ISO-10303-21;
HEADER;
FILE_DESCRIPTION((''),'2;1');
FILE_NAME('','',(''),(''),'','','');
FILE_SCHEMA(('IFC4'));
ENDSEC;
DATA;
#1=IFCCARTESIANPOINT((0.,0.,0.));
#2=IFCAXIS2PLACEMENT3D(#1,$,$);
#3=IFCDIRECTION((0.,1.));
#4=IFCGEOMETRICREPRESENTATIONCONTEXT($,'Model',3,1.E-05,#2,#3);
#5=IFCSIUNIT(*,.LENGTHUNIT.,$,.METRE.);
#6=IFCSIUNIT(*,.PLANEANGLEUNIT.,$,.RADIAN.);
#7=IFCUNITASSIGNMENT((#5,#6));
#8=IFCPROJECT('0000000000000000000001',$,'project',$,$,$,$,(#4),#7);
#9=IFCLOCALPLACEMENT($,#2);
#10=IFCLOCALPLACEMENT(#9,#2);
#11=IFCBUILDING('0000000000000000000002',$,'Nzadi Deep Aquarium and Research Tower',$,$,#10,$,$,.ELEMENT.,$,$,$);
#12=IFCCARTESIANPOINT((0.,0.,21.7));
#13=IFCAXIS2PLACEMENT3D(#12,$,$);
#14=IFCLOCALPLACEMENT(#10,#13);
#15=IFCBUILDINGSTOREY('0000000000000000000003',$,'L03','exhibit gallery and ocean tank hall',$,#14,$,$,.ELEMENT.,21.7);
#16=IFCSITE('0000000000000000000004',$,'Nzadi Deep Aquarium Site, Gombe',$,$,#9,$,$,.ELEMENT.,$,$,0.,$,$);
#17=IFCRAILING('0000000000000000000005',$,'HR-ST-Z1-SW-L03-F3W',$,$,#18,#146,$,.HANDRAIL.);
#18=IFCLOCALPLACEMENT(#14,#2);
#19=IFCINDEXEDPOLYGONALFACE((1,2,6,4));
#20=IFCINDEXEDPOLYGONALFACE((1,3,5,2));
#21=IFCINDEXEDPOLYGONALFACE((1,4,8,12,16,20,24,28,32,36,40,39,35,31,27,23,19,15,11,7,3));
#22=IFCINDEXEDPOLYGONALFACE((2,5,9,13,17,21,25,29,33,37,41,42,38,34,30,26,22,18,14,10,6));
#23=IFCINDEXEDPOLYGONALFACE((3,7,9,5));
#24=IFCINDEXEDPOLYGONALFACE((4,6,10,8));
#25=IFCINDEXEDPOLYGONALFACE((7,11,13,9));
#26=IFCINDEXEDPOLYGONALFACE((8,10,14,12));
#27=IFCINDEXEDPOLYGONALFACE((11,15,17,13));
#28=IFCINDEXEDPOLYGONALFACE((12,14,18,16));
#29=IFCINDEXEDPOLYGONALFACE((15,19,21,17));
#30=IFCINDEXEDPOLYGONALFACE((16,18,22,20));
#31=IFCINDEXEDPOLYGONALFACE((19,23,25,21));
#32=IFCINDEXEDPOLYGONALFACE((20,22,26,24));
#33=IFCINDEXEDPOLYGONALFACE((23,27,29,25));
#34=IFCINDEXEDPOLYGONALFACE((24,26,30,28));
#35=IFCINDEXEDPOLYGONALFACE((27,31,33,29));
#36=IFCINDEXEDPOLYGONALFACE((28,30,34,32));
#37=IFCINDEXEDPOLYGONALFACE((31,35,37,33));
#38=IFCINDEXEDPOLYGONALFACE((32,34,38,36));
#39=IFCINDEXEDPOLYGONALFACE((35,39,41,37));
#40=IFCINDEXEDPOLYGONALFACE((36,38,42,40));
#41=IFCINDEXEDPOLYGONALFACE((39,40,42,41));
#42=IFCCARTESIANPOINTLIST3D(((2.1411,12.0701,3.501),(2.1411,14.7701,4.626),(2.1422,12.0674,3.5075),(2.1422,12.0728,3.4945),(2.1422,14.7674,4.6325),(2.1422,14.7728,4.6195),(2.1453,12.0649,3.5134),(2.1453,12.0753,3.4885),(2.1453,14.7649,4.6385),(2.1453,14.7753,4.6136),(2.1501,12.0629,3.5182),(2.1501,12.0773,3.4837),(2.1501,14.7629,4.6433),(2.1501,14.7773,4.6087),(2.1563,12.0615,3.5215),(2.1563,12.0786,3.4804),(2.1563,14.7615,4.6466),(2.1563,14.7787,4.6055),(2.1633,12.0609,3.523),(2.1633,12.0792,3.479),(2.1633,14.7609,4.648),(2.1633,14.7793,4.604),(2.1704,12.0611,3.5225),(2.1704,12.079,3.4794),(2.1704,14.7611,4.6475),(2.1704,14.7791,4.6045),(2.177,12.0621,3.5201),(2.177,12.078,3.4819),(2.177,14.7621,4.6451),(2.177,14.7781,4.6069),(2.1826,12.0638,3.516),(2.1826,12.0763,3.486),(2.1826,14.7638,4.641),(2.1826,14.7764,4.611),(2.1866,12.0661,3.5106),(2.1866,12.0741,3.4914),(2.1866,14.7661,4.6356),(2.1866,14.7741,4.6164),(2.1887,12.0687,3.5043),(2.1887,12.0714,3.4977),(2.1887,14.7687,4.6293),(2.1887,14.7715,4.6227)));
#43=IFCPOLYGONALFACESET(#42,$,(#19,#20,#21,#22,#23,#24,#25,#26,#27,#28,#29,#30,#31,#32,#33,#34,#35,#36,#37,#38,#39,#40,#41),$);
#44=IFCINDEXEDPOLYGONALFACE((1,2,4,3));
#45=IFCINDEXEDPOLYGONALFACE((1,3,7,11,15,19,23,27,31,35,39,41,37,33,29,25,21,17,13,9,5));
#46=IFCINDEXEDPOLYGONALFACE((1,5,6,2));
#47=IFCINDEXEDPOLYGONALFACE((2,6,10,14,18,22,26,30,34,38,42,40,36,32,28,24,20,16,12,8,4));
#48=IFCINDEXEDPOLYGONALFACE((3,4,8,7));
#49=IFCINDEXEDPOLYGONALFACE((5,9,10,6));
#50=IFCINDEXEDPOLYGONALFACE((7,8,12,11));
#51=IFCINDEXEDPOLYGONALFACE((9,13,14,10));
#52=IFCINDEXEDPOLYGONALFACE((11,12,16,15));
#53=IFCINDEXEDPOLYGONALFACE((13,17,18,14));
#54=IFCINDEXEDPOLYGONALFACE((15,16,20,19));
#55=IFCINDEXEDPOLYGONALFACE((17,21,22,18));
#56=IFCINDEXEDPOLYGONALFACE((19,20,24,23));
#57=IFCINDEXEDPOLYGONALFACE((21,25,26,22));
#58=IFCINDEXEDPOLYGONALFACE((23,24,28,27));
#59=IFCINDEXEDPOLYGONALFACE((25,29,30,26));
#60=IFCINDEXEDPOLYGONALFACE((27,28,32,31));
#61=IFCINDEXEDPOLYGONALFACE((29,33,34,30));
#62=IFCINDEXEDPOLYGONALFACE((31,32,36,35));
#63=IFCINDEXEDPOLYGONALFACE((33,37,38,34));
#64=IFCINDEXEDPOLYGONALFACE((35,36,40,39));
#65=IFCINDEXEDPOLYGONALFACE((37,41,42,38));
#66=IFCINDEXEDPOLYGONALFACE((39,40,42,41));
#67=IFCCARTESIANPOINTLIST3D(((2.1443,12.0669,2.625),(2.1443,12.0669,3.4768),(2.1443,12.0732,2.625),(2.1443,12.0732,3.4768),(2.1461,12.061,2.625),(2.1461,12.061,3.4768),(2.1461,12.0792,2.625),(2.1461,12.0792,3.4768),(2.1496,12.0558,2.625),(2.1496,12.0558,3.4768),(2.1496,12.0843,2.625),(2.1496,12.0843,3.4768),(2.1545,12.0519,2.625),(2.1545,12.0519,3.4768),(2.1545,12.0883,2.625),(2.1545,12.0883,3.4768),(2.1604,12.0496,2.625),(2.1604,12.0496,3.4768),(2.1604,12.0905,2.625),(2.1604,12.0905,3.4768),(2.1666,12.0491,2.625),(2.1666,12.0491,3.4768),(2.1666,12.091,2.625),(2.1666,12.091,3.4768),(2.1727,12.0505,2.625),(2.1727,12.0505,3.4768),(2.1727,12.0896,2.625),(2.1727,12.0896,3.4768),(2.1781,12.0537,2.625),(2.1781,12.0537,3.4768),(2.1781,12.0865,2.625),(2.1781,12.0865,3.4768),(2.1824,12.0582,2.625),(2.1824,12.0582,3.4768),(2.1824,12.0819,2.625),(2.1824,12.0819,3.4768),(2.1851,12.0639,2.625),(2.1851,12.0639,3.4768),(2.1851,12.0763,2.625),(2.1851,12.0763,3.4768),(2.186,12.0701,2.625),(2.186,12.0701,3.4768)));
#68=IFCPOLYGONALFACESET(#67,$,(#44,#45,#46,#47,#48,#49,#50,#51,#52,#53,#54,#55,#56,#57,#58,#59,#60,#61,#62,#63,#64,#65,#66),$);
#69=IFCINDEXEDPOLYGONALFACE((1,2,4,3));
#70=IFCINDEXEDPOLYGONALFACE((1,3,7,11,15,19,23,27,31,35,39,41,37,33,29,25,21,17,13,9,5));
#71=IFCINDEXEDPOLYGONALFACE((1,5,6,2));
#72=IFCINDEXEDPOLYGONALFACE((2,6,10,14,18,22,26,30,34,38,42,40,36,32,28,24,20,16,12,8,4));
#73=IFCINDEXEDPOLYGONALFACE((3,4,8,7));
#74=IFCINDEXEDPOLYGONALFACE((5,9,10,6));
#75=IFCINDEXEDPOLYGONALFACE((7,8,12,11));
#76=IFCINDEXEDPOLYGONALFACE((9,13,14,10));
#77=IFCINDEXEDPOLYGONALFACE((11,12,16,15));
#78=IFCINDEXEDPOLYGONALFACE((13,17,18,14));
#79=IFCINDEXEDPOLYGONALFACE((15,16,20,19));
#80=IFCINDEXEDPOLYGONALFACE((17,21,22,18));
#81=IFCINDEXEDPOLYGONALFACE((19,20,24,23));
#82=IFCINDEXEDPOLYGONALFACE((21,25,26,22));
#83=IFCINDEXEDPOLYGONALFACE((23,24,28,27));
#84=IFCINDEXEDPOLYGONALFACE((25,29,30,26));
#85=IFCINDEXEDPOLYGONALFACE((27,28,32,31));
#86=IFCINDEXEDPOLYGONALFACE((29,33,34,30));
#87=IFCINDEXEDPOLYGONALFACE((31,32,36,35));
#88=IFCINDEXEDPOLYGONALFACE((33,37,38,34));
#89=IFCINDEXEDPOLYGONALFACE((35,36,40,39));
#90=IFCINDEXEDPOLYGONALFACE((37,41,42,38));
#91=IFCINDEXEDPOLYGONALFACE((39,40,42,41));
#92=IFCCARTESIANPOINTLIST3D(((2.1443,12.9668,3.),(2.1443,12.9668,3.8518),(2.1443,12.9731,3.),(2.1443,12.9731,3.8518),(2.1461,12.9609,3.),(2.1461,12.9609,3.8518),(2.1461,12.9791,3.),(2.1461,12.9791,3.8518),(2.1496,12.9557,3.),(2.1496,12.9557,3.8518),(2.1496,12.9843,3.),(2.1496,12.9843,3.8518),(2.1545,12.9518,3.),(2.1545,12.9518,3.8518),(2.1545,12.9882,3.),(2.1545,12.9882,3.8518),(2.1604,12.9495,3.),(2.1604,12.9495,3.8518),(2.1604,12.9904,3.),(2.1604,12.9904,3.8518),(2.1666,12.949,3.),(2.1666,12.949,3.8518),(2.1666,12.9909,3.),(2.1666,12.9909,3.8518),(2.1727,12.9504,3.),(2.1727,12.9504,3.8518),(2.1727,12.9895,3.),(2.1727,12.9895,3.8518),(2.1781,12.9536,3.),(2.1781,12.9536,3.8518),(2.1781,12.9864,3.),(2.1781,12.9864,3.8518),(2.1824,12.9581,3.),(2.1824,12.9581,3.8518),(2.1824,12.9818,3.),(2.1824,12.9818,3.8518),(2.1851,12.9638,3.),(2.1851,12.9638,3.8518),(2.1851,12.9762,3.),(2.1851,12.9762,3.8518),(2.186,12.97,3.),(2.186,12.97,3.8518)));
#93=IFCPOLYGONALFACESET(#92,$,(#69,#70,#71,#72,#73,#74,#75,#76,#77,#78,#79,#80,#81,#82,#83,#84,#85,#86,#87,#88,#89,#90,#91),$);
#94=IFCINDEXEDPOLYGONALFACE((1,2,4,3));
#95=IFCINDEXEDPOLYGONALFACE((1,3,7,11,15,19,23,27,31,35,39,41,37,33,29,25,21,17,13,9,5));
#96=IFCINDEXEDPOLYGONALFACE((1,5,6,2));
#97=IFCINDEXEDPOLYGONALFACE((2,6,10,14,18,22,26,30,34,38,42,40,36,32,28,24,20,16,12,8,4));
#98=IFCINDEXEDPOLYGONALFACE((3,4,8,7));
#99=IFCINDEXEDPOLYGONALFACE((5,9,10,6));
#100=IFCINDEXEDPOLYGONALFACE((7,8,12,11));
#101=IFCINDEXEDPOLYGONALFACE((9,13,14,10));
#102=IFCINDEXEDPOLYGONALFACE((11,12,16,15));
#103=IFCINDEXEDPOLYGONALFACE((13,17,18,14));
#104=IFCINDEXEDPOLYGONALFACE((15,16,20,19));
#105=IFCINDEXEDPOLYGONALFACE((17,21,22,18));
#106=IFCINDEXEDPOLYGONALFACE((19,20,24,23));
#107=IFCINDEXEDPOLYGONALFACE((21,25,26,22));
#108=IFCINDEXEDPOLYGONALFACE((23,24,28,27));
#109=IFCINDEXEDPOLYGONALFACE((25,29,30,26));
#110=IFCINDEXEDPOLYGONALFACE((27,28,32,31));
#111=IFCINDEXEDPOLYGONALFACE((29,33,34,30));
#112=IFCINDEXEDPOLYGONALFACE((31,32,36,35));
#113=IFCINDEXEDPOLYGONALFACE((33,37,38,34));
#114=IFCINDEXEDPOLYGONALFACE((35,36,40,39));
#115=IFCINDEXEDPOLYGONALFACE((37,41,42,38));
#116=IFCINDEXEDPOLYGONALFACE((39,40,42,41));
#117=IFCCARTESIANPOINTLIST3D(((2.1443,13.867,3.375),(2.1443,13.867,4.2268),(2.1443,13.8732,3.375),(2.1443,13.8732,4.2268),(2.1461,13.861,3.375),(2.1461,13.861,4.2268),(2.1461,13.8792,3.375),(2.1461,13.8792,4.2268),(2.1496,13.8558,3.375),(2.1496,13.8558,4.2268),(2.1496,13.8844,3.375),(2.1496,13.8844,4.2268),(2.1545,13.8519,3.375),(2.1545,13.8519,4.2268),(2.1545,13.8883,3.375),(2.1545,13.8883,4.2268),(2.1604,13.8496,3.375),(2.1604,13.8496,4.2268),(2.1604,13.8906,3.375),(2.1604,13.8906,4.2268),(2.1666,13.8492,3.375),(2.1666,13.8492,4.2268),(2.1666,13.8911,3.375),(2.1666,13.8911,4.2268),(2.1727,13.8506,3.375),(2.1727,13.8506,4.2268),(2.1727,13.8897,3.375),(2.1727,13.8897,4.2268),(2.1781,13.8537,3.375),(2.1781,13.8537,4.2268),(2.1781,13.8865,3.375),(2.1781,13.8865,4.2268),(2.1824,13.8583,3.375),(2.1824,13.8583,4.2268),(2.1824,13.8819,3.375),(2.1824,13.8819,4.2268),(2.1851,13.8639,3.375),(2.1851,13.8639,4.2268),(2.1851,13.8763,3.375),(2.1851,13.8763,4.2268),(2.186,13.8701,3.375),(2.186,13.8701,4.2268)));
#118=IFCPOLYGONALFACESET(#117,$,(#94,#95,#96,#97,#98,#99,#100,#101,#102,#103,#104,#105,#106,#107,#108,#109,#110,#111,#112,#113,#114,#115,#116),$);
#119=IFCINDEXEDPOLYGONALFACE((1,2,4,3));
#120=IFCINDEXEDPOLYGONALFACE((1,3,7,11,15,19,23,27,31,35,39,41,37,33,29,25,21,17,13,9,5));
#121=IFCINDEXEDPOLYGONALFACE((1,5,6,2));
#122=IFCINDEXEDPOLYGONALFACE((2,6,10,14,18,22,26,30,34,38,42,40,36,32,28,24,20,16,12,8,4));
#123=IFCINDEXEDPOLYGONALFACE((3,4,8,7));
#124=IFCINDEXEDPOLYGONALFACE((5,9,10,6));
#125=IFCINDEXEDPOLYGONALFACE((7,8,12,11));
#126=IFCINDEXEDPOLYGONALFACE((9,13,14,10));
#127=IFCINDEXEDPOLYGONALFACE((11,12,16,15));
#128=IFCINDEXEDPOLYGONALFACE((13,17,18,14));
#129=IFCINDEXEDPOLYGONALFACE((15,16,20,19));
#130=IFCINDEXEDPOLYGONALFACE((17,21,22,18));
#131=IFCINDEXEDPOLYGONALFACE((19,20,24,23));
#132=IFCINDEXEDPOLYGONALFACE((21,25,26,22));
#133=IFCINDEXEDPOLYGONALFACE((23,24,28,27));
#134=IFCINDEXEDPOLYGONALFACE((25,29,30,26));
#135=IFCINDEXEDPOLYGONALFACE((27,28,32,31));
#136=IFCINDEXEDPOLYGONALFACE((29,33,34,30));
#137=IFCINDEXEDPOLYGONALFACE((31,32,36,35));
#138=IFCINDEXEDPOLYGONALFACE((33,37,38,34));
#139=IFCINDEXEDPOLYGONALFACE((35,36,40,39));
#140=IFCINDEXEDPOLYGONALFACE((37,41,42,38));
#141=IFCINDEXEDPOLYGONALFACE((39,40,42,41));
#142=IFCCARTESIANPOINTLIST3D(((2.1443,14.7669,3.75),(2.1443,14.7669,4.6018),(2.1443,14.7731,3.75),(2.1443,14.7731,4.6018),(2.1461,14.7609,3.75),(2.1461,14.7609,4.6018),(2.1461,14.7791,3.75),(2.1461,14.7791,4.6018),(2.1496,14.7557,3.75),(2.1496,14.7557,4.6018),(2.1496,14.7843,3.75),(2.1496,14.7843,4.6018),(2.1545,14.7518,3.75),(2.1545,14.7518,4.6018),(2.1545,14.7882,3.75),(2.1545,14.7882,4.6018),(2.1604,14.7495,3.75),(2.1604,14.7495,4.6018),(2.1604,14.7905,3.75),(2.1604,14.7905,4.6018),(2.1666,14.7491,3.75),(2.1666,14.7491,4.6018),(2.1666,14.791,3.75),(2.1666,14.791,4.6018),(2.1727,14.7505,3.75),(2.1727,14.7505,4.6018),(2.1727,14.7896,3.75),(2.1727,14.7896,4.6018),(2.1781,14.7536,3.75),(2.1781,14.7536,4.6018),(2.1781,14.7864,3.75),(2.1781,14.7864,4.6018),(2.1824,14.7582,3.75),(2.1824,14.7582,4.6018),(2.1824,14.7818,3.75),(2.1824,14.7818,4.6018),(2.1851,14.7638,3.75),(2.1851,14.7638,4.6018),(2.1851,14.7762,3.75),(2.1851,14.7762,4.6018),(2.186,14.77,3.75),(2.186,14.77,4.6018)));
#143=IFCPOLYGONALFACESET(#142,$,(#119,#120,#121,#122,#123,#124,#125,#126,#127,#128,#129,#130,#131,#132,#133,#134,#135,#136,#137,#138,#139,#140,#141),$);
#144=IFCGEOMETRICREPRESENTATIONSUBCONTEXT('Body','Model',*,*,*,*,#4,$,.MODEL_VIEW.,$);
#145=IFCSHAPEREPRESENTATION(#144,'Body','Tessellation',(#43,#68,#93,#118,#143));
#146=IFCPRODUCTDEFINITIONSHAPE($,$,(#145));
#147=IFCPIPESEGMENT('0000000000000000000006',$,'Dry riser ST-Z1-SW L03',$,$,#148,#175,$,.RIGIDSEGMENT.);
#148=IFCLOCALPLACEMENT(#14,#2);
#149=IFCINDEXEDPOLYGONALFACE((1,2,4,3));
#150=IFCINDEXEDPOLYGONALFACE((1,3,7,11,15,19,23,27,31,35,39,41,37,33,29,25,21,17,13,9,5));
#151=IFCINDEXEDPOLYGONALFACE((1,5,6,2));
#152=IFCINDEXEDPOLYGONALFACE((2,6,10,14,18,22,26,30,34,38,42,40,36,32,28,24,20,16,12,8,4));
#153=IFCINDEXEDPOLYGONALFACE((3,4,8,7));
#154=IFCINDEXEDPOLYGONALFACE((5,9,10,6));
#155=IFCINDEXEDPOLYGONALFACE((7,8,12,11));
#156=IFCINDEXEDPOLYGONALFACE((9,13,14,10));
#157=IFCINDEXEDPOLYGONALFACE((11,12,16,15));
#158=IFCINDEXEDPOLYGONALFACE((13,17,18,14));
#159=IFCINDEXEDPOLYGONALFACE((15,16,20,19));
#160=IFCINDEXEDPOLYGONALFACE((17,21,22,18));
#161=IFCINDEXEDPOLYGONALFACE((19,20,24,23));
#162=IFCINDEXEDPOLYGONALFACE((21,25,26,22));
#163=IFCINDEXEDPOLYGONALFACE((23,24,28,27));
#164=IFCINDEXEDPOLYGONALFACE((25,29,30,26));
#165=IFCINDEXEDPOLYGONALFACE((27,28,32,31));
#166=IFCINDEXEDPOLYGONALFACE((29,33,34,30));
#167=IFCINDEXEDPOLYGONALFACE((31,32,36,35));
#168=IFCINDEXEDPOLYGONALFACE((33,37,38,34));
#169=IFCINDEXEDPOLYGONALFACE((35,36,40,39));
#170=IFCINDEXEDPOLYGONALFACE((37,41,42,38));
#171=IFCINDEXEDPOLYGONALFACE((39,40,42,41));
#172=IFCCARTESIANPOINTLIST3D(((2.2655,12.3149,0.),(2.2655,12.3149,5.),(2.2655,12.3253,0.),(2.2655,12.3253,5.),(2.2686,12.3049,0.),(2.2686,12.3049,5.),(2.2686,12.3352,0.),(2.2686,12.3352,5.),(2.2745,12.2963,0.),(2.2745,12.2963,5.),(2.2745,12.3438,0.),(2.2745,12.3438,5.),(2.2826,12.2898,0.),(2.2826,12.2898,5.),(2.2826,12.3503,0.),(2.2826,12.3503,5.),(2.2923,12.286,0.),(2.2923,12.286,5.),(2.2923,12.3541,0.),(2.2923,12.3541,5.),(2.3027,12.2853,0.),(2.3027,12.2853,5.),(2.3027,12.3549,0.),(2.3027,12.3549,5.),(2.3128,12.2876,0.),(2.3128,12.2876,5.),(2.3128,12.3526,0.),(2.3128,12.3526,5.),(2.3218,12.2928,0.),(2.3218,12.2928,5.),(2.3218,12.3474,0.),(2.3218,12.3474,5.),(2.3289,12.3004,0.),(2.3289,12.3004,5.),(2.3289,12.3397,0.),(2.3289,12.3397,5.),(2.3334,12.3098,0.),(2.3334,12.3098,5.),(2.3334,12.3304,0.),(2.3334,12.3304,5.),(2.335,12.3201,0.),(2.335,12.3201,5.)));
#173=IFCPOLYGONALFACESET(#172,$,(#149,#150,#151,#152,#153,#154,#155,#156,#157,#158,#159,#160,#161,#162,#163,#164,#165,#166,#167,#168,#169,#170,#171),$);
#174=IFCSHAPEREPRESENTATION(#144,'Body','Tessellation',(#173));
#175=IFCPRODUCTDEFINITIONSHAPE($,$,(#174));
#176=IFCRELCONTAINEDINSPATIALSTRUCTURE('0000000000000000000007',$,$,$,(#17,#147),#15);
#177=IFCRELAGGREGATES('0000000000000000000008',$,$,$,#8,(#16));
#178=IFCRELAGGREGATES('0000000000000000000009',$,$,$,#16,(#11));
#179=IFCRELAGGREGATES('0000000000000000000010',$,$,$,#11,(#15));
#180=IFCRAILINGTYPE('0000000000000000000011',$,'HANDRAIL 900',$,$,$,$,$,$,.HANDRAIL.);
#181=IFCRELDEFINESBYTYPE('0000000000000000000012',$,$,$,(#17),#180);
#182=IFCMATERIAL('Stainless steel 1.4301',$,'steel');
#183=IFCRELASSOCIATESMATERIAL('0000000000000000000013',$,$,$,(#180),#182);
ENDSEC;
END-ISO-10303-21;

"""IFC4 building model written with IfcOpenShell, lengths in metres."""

from ifc_helpers import new_model, si_unit, direction, frame, origin, origin_2d, place, context, subcontext, project, spatial, circle, extrude, material, type_object, element, save


model = new_model("IFC4")

# Units and contexts
model_context = context("Model", 3, precision=1e-05, world=origin(), true_north=direction((0.0, 1.0)))
body_context = subcontext(model_context, "Body", "Model", "MODEL_VIEW")
ifc_project = project(units=[si_unit("LENGTHUNIT", "METRE"), si_unit("PLANEANGLEUNIT", "RADIAN")], contexts=[model_context])

# Site, building, storey
site_placement = place(None, origin())
site = spatial("IfcSite", under=ifc_project, at=site_placement, Name="Nzadi Deep Aquarium Site, Gombe", CompositionType="ELEMENT", RefElevation=0.0)
building_placement = place(site_placement, origin())
building = spatial("IfcBuilding", under=site, at=building_placement, Name="Nzadi Deep Aquarium and Research Tower", CompositionType="ELEMENT")
storey_placement = place(building_placement, frame((0.0, 0.0, 21.7)))
storey = spatial("IfcBuildingStorey", under=building, at=storey_placement, Name="L03", Description="exhibit gallery and ocean tank hall", CompositionType="ELEMENT", Elevation=21.7)

# Railing
ifc_material_1 = material(Name="Stainless steel 1.4301", Category="steel")
railing_type = type_object("IfcRailingType", Name="HANDRAIL 900", PredefinedType="HANDRAIL", material=ifc_material_1)
for number, where, name in (
    (1, (2.165, 12.0701, 2.625), "HR-ST-Z1-SW-L03-F3W"),
):
    element("IfcRailing", number, at=place(storey_placement, frame(where)), inside=storey, type_object=railing_type, Name=name, PredefinedType="HANDRAIL", context=body_context, shape_type="SweptSolid", body=[
        extrude(circle(Radius=0.0239, at=origin_2d()), frame((0.0, 0.0, 0.876), z_axis=(0.0, 0.923074, 0.384621), x_axis=(-1.0, 0.0, 0.0)), (0.0, 0.0, 1.0), 2.925),
        extrude(circle(Radius=0.021, at=origin_2d()), origin(), (0.0, 0.0, 1.0), 0.8518),
        extrude(circle(Radius=0.021, at=origin_2d()), frame((0.0, 0.8999, 0.375)), (0.0, 0.0, 1.0), 0.8518),
        extrude(circle(Radius=0.021, at=origin_2d()), frame((0.0, 1.8, 0.75)), (0.0, 0.0, 1.0), 0.8518),
        extrude(circle(Radius=0.021, at=origin_2d()), frame((0.0, 2.7, 1.125)), (0.0, 0.0, 1.0), 0.8518),
    ])

# Pipe segment
pipe_segment_placement = place(storey_placement, frame((2.3, 12.3201, 0.0), z_axis=(0.0, 0.0, 1.0), x_axis=(1.0, 0.0, 0.0)))
element("IfcPipeSegment", 2, at=pipe_segment_placement, inside=storey, Name="Dry riser ST-Z1-SW L03", PredefinedType="RIGIDSEGMENT", context=body_context, shape_type="SweptSolid", body=[
    extrude(circle(Radius=0.0349, at=origin_2d()), origin(), (0.0, 0.0, 1.0), 5.0),
])

save(model, "model.ifc")
